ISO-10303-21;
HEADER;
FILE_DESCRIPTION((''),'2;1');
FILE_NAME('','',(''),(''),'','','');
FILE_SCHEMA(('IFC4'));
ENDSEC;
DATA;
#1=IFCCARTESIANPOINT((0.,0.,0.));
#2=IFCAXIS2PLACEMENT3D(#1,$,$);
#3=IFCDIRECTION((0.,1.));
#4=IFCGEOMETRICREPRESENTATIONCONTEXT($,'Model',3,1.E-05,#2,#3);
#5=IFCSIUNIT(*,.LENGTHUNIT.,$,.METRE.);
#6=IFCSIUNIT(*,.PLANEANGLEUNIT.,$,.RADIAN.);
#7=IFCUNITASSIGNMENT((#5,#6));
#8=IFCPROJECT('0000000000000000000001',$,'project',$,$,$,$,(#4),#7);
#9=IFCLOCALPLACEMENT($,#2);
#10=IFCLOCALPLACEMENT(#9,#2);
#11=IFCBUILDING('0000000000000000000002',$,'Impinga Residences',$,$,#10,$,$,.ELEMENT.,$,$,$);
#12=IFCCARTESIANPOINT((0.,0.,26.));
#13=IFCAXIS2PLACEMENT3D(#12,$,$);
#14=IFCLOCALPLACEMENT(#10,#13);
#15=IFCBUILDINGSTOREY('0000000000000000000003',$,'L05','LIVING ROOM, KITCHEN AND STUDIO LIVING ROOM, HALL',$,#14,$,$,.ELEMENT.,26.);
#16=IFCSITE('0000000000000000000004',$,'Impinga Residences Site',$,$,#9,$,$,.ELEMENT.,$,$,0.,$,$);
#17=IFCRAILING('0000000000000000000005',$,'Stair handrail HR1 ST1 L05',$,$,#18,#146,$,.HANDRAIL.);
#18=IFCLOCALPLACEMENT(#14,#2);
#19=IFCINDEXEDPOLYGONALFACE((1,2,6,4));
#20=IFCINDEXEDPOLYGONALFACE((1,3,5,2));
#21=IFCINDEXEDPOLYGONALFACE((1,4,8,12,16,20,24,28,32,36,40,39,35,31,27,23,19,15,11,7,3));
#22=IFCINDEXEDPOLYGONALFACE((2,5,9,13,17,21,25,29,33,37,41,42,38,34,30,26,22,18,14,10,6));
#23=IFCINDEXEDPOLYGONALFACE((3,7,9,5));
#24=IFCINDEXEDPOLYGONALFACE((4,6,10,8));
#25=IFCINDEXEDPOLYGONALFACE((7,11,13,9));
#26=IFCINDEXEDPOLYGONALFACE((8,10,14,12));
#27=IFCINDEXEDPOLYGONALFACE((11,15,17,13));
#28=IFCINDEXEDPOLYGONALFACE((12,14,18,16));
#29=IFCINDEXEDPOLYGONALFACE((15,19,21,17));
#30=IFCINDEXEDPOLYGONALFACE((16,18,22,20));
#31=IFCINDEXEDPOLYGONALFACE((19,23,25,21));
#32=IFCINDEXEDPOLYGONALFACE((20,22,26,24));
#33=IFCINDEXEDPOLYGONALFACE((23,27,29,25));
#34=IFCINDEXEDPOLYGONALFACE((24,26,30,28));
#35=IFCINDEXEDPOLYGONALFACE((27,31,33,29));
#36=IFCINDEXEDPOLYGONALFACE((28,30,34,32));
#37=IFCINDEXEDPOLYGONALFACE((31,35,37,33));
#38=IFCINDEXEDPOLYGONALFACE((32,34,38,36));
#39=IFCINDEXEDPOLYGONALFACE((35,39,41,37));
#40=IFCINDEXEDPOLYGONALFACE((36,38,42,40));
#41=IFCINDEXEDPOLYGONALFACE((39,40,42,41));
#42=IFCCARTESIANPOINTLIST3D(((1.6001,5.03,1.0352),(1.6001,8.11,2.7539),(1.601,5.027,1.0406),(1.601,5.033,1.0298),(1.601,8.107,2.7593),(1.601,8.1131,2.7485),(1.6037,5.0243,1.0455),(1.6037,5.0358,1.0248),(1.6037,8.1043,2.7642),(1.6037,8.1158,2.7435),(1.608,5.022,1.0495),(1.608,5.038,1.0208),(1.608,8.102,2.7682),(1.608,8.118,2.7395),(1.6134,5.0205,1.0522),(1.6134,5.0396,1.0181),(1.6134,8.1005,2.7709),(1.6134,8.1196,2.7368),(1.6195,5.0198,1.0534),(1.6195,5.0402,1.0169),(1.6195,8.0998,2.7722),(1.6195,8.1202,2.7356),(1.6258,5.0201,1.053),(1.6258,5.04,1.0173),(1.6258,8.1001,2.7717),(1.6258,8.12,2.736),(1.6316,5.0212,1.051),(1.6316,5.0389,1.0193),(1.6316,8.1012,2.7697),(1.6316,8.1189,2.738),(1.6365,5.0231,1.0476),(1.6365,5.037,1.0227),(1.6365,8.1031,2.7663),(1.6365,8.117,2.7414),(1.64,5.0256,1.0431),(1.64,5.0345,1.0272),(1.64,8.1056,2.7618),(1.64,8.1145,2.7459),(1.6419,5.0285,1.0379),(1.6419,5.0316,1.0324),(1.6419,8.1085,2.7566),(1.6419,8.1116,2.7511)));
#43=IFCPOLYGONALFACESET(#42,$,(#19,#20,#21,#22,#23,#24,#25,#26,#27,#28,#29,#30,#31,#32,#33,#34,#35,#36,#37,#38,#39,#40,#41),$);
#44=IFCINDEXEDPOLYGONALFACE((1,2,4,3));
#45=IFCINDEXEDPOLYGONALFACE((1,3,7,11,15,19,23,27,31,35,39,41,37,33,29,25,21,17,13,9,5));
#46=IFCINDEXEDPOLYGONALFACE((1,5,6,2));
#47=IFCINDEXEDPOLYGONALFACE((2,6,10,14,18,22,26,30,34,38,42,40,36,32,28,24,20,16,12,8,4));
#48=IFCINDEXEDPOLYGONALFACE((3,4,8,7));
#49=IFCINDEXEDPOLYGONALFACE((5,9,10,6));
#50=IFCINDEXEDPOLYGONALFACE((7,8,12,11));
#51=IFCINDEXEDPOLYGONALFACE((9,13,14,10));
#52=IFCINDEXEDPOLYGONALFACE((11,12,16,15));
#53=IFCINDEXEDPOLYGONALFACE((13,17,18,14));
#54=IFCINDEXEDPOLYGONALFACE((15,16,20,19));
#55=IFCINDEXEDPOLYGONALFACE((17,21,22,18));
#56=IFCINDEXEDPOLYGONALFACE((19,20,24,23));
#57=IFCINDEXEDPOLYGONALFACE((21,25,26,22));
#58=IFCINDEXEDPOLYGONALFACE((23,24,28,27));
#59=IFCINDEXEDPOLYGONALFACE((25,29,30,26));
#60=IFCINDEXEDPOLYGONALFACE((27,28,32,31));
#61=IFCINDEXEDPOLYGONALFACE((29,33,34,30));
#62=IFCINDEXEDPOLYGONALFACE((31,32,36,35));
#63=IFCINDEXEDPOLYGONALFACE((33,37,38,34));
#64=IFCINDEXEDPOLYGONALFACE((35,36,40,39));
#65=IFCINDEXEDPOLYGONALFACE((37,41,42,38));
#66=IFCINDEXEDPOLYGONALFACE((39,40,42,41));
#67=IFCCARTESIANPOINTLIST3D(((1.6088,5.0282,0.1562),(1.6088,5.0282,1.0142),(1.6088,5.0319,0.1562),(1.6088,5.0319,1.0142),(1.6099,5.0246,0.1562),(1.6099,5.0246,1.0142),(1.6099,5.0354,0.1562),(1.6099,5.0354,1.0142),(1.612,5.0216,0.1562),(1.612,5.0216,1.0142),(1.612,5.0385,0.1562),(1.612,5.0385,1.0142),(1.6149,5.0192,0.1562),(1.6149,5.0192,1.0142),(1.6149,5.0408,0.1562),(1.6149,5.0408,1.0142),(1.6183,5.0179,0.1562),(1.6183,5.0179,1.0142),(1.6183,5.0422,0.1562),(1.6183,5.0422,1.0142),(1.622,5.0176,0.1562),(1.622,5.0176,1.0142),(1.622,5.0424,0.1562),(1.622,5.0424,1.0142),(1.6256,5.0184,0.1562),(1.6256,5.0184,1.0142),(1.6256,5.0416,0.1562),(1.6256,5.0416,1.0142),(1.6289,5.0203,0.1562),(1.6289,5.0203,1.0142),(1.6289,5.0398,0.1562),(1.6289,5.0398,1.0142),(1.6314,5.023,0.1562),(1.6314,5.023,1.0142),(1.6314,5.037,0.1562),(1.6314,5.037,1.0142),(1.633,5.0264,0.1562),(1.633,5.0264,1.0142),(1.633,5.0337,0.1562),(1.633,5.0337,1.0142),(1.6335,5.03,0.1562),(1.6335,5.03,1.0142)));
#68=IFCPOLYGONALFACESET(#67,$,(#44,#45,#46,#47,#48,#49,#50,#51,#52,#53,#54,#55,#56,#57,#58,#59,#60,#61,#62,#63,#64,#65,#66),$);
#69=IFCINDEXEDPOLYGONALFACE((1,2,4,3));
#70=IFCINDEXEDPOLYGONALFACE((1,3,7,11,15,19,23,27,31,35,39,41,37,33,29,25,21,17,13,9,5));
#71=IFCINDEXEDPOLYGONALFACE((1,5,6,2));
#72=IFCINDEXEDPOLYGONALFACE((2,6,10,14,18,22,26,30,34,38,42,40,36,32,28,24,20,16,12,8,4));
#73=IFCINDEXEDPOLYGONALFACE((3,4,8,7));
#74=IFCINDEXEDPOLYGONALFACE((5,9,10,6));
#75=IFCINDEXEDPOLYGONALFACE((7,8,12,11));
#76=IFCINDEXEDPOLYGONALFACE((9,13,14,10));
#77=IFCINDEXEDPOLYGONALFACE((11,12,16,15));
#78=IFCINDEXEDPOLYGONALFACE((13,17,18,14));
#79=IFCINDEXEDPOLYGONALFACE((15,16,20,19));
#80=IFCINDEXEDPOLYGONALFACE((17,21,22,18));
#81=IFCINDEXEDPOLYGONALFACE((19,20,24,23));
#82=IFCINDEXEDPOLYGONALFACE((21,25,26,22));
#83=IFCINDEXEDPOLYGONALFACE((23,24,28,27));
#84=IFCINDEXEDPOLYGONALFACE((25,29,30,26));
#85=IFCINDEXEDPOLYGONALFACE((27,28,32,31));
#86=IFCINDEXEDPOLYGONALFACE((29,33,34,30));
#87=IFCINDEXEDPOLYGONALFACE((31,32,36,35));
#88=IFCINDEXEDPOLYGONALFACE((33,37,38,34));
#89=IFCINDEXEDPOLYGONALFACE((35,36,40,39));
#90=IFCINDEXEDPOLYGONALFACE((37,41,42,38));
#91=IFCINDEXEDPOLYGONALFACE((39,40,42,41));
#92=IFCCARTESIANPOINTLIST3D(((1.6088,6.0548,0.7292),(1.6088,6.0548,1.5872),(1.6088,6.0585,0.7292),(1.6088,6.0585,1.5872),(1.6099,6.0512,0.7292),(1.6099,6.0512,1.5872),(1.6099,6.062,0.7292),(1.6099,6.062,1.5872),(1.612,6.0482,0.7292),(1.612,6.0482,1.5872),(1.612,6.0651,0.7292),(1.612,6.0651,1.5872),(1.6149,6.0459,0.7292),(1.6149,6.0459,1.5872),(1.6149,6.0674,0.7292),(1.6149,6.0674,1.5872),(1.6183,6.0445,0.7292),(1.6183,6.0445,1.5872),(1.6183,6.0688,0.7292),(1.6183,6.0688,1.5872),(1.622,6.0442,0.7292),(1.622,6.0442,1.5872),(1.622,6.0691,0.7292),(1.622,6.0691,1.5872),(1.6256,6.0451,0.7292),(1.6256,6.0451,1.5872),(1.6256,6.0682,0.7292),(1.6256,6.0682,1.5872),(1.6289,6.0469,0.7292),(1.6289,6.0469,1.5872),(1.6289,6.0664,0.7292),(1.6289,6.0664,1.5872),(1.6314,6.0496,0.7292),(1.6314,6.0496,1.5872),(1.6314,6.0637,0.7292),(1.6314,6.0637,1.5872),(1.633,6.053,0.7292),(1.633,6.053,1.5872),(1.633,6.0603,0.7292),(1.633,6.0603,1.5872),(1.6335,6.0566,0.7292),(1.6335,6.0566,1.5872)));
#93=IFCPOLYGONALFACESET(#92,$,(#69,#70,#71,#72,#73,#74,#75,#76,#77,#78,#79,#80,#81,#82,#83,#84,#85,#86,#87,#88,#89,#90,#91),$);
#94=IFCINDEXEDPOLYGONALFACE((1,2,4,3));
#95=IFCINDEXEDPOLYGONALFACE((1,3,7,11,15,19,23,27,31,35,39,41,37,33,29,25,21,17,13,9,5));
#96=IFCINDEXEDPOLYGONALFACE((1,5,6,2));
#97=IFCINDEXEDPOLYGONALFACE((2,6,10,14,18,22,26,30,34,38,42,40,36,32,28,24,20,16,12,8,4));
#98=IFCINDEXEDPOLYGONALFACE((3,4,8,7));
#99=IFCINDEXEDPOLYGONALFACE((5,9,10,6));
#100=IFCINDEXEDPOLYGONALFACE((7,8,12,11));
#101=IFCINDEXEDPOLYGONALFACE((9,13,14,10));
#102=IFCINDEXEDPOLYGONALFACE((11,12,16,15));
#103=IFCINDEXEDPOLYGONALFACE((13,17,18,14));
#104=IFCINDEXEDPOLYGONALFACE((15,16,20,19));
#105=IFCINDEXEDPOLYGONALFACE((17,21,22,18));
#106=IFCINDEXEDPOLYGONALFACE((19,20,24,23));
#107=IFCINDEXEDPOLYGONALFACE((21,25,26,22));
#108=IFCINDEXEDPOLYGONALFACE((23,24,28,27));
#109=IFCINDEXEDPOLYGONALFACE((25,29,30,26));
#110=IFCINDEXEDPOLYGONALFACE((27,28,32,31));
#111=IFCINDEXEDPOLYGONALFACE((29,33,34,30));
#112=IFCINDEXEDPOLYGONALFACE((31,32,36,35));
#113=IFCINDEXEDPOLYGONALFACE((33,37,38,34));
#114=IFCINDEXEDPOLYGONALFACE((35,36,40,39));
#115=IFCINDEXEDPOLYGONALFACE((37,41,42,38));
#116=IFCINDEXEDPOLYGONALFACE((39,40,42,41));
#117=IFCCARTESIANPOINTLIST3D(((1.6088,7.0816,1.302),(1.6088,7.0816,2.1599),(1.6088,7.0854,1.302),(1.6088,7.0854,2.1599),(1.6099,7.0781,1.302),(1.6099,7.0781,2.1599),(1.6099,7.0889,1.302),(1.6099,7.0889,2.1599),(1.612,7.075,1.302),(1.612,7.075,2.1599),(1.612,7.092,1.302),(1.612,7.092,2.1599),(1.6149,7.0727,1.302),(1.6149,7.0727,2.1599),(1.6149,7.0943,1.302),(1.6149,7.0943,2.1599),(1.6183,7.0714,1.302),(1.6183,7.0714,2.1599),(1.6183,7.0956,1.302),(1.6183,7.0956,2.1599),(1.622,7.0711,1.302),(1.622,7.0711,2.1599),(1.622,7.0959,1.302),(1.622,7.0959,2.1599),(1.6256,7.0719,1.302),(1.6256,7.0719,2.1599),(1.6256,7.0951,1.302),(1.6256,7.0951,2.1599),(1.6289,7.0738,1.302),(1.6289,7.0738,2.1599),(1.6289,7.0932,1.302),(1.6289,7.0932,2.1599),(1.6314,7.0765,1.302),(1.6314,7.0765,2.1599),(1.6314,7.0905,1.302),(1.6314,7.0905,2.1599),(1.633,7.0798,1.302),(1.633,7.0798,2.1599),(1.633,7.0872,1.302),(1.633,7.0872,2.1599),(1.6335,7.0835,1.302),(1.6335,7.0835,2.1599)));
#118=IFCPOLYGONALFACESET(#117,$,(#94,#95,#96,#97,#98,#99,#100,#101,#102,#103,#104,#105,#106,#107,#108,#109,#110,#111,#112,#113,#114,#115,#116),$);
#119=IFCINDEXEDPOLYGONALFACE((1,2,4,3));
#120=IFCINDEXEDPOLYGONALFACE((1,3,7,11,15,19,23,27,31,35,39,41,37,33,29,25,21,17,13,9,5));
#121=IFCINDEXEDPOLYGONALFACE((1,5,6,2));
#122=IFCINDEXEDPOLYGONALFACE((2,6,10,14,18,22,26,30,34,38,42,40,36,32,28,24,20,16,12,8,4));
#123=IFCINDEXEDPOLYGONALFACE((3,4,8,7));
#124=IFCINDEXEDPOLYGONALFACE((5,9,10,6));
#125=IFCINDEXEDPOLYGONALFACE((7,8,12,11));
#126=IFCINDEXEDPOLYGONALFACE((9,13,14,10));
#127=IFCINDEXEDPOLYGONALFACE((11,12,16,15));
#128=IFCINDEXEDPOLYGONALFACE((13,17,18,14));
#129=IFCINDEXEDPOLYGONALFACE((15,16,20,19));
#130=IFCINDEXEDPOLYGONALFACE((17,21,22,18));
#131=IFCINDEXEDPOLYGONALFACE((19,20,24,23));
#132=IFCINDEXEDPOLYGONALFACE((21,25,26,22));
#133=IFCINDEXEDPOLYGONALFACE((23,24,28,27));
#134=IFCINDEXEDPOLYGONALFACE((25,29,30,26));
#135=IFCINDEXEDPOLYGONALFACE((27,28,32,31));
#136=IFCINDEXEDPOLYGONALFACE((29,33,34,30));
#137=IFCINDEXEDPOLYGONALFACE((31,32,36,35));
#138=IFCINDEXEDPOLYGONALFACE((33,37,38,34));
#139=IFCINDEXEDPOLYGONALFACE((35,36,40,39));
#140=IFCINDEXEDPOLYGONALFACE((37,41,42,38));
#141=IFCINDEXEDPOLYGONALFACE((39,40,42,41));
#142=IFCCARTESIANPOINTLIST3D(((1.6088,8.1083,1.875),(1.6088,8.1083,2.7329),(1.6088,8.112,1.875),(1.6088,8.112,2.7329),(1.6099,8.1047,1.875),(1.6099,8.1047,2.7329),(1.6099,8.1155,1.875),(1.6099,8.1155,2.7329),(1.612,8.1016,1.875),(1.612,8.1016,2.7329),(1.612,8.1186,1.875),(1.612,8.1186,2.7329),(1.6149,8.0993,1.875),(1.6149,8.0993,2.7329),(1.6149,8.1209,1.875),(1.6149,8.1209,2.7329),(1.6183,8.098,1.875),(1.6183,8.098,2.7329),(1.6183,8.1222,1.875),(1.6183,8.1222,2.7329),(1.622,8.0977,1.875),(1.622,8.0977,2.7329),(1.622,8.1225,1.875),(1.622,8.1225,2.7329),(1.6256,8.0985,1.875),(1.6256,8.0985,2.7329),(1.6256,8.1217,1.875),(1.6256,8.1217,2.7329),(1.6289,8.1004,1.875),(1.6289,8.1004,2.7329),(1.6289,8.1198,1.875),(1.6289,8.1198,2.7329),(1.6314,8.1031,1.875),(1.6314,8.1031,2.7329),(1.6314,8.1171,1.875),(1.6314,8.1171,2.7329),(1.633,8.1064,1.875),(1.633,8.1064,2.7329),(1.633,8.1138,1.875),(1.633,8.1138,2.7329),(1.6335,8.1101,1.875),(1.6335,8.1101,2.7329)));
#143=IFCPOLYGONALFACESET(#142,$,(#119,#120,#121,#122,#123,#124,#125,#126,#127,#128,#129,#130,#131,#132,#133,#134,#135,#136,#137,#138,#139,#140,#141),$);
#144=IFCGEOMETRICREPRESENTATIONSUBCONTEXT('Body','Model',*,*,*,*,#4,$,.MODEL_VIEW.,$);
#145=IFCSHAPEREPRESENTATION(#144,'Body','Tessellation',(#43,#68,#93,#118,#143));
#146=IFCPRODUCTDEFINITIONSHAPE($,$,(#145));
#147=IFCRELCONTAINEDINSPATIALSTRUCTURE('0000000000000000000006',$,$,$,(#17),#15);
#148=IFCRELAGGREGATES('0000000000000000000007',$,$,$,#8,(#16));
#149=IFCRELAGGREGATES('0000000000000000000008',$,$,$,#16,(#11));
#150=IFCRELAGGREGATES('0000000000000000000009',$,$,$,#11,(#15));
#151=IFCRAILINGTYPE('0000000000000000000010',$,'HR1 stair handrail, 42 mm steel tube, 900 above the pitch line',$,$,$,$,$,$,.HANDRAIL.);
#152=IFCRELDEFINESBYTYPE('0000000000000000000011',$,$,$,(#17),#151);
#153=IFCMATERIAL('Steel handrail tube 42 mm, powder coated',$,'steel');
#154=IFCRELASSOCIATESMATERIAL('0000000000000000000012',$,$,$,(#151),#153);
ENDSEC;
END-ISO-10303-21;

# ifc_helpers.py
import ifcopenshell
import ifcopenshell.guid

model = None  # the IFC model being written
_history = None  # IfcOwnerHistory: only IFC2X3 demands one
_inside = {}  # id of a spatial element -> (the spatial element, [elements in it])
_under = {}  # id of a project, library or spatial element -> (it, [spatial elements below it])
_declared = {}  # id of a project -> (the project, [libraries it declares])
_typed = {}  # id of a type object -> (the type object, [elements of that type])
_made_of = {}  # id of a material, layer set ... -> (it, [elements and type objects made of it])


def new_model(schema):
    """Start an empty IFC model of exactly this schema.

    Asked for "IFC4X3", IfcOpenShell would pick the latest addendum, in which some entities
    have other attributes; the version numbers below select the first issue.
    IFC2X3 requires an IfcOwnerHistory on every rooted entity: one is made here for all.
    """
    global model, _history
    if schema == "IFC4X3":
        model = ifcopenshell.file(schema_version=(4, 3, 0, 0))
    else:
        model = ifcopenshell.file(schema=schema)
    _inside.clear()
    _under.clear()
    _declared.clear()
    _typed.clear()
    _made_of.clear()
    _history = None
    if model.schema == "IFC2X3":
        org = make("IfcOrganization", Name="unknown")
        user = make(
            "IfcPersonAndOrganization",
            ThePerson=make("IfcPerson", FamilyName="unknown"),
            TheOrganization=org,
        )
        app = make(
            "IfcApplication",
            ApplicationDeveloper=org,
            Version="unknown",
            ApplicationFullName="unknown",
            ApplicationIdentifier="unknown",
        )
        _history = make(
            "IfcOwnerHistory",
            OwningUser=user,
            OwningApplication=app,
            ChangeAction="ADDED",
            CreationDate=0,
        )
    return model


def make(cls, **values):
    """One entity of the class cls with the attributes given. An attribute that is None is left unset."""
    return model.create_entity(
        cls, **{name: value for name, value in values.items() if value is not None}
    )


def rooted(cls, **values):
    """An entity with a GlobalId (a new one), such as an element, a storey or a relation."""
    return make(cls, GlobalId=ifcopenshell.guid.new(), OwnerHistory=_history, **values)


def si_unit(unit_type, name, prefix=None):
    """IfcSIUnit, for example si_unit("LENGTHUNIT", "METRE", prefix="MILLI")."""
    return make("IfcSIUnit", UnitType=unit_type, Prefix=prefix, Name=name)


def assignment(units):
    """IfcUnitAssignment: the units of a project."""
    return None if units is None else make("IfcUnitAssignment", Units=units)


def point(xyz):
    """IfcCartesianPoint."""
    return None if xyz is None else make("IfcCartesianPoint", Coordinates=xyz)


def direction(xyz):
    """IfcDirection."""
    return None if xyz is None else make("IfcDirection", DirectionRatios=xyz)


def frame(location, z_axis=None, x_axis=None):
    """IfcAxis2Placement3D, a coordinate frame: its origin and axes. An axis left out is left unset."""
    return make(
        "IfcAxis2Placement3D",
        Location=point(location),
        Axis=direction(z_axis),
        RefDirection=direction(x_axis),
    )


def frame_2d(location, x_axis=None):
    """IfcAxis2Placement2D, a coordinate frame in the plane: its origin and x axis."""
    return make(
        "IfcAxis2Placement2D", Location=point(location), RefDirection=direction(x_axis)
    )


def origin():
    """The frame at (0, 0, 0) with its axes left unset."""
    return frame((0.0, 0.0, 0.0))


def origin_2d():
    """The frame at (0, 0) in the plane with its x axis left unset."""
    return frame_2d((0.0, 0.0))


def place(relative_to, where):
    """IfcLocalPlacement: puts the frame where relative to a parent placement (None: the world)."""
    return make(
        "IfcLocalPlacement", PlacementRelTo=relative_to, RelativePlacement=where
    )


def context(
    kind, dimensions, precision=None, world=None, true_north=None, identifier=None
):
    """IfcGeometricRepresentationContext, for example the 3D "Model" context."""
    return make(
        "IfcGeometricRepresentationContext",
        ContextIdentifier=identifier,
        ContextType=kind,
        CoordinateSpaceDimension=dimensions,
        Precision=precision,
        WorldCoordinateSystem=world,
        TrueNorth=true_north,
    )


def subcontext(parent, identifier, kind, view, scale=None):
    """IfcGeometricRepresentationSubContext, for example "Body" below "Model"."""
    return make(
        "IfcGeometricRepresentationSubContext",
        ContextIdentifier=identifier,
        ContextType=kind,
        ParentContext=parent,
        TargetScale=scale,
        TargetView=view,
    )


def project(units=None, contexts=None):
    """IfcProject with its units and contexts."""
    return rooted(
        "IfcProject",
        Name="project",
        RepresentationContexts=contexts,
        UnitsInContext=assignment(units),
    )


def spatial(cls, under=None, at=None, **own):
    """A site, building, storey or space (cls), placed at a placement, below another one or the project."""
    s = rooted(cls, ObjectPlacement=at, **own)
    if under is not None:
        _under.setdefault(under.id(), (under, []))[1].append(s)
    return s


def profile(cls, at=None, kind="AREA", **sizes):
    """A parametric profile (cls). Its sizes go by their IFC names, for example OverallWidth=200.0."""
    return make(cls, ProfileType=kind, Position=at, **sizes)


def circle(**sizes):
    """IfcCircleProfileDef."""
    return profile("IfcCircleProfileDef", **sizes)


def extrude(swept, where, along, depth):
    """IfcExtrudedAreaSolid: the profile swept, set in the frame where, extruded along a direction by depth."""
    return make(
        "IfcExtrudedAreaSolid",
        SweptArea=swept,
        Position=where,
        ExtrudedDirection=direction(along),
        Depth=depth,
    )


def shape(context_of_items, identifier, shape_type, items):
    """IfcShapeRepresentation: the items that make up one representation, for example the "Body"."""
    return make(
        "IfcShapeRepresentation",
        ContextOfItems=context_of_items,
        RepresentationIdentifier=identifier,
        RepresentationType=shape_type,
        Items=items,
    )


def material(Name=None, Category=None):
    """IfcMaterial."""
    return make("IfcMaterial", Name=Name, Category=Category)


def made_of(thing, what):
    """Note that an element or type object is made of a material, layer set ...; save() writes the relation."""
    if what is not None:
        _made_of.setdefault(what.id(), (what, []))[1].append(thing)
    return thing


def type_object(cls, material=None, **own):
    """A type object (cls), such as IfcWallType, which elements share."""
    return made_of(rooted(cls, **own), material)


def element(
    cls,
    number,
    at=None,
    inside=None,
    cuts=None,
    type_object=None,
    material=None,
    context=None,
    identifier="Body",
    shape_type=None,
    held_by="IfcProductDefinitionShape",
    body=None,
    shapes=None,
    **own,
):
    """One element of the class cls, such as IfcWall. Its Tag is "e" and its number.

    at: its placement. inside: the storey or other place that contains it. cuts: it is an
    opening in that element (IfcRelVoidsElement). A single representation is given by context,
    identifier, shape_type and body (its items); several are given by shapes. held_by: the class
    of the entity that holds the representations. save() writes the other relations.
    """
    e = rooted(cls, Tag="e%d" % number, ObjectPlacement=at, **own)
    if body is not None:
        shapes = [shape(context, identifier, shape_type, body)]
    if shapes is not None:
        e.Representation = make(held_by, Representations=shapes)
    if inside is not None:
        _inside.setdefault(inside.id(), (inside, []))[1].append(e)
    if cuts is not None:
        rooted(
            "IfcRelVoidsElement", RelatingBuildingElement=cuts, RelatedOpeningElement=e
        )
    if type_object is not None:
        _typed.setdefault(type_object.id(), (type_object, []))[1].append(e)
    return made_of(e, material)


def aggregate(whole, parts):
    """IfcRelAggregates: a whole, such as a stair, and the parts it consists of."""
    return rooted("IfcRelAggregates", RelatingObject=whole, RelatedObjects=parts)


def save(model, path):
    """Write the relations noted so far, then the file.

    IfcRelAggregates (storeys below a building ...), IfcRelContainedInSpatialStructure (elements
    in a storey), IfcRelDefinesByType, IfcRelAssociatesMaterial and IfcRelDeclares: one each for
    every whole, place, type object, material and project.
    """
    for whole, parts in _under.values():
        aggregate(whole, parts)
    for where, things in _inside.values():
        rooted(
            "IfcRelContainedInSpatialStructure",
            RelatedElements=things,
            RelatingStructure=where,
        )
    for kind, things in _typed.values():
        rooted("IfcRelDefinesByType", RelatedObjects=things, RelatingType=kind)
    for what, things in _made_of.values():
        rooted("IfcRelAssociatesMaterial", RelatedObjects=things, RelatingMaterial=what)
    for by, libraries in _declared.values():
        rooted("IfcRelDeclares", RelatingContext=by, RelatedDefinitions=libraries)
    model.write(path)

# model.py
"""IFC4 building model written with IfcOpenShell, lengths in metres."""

from ifc_helpers import new_model, si_unit, direction, frame, origin, origin_2d, place, context, subcontext, project, spatial, circle, extrude, material, type_object, element, save


model = new_model("IFC4")

# Units and contexts
model_context = context("Model", 3, precision=1e-05, world=origin(), true_north=direction((0.0, 1.0)))
body_context = subcontext(model_context, "Body", "Model", "MODEL_VIEW")
ifc_project = project(units=[si_unit("LENGTHUNIT", "METRE"), si_unit("PLANEANGLEUNIT", "RADIAN")], contexts=[model_context])

# Site, building, storey
site_placement = place(None, origin())
site = spatial("IfcSite", under=ifc_project, at=site_placement, Name="Impinga Residences Site", CompositionType="ELEMENT", RefElevation=0.0)
building_placement = place(site_placement, origin())
building = spatial("IfcBuilding", under=site, at=building_placement, Name="Impinga Residences", CompositionType="ELEMENT")
storey_placement = place(building_placement, frame((0.0, 0.0, 26.0)))
storey = spatial("IfcBuildingStorey", under=building, at=storey_placement, Name="L05", Description="LIVING ROOM, KITCHEN AND STUDIO LIVING ROOM, HALL", CompositionType="ELEMENT", Elevation=26.0)

# Railing
ifc_material_1 = material(Name="Steel handrail tube 42 mm, powder coated", Category="steel")
railing_type_1 = type_object("IfcRailingType", Name="HR1 stair handrail, 42 mm steel tube, 900 above the pitch line", PredefinedType="HANDRAIL", material=ifc_material_1)
railing_1_placement = place(storey_placement, frame((1.6211, 5.03, 0.1562)))
element("IfcRailing", 1, at=railing_1_placement, inside=storey, type_object=railing_type_1, Name="Stair handrail HR1 ST1 L05", PredefinedType="HANDRAIL", context=body_context, shape_type="SweptSolid", body=[
    extrude(circle(Radius=0.021, at=origin_2d()), frame((0.0, 0.0, 0.8789), z_axis=(0.0, 0.873242, 0.487288), x_axis=(-1.0, 0.0, 0.0)), (0.0, 0.0, 1.0), 3.5271),
    extrude(circle(Radius=0.0125, at=origin_2d()), origin(), (0.0, 0.0, 1.0), 0.8579),
    extrude(circle(Radius=0.0125, at=origin_2d()), frame((0.0, 1.0266, 0.573)), (0.0, 0.0, 1.0), 0.8579),
    extrude(circle(Radius=0.0125, at=origin_2d()), frame((0.0, 2.0535, 1.1458)), (0.0, 0.0, 1.0), 0.8579),
    extrude(circle(Radius=0.0125, at=origin_2d()), frame((0.0, 3.0801, 1.7188)), (0.0, 0.0, 1.0), 0.8579),
])

save(model, "model.ifc")
